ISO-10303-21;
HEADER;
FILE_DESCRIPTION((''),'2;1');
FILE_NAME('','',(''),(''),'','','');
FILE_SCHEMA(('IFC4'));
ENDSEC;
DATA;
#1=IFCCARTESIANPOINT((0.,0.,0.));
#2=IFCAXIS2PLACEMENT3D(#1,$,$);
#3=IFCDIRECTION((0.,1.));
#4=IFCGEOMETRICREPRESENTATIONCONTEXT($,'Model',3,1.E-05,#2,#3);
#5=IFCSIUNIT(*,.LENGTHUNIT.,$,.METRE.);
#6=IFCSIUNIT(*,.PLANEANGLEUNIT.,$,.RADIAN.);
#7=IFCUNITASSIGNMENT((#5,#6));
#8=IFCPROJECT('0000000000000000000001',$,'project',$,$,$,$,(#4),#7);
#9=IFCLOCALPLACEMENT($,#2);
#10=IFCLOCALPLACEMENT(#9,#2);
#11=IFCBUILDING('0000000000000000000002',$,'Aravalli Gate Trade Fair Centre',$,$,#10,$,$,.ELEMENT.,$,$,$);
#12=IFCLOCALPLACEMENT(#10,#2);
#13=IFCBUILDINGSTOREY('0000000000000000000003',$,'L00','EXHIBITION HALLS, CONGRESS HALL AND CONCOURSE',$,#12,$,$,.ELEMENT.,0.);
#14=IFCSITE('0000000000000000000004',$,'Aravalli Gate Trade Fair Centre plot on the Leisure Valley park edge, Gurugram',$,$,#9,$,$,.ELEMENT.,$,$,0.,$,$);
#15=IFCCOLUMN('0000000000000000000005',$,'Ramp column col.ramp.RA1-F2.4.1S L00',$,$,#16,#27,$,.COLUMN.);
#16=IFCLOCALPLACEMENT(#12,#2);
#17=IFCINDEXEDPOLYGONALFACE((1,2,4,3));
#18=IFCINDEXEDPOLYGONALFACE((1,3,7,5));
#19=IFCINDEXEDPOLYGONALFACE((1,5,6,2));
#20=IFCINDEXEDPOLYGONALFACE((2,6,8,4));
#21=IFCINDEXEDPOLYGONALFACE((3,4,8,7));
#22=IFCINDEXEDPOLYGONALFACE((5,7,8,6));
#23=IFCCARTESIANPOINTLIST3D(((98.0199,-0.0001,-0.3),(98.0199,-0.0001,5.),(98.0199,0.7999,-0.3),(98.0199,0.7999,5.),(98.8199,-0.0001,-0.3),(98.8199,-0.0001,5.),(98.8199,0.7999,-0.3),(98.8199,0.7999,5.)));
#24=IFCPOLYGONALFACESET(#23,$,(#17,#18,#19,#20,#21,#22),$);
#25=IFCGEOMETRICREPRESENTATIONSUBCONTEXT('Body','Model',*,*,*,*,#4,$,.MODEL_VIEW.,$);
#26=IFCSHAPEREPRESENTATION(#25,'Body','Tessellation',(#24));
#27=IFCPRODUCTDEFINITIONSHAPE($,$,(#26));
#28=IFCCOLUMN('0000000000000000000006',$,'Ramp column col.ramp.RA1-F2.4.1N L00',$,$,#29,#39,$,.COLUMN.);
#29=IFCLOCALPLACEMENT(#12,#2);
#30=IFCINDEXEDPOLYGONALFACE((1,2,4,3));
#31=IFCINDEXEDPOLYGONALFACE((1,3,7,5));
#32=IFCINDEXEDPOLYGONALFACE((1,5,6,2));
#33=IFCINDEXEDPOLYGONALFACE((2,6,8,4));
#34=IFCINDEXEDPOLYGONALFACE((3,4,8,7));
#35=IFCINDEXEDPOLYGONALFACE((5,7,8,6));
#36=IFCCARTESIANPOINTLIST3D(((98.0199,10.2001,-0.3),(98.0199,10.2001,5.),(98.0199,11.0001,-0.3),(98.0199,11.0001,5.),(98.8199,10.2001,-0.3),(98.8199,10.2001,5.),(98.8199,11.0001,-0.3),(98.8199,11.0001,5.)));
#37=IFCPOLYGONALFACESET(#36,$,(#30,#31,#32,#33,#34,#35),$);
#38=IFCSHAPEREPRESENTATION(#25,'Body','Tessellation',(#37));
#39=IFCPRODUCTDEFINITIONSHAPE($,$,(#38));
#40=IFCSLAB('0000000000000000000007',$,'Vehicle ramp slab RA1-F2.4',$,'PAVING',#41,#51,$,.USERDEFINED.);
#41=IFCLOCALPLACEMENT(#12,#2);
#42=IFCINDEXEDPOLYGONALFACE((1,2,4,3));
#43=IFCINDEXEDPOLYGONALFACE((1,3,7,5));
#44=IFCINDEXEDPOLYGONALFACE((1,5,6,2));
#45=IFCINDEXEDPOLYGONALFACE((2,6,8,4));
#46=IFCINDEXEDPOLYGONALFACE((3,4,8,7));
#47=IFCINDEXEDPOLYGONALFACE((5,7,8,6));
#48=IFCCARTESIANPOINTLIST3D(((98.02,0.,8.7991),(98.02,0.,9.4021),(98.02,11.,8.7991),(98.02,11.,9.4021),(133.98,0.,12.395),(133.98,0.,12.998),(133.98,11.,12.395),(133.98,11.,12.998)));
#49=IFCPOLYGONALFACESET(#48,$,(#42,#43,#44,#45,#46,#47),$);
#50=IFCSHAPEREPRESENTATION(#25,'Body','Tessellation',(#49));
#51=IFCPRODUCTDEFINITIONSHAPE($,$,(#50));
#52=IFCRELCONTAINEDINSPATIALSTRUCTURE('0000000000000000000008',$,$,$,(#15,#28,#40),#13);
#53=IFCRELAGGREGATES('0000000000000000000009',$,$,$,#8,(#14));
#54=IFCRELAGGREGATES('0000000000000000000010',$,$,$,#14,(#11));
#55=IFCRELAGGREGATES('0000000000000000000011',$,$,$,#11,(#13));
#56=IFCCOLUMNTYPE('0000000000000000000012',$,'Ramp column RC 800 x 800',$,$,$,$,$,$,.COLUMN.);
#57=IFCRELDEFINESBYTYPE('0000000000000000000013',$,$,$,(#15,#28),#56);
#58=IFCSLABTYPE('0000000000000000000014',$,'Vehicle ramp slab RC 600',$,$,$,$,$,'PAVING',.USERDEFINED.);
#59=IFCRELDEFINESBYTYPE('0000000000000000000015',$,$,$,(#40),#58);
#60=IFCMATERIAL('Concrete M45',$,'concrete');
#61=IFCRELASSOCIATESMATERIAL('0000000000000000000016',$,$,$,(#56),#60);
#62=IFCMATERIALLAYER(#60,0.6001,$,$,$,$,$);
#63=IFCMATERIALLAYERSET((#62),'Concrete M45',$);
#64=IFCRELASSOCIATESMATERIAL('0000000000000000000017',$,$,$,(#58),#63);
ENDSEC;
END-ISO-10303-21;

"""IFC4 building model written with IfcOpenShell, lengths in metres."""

from ifc_helpers import new_model, si_unit, direction, frame, origin, origin_2d, place, context, subcontext, project, spatial, polyline, rectangle, outline, extrude, material, layer, layer_set, material_profile, profile_set, type_object, element, save


model = new_model("IFC4")

# Units and contexts
model_context = context("Model", 3, precision=1e-05, world=origin(), true_north=direction((0.0, 1.0)))
body_context = subcontext(model_context, "Body", "Model", "MODEL_VIEW")
ifc_project = project(units=[si_unit("LENGTHUNIT", "METRE"), si_unit("PLANEANGLEUNIT", "RADIAN")], contexts=[model_context])

# Site, building, storey
site_placement = place(None, origin())
site = spatial("IfcSite", under=ifc_project, at=site_placement, Name="Aravalli Gate Trade Fair Centre plot on the Leisure Valley park edge, Gurugram", CompositionType="ELEMENT", RefElevation=0.0)
building_placement = place(site_placement, origin())
building = spatial("IfcBuilding", under=site, at=building_placement, Name="Aravalli Gate Trade Fair Centre", CompositionType="ELEMENT")
storey_placement = place(building_placement, origin())
storey = spatial("IfcBuildingStorey", under=building, at=storey_placement, Name="L00", Description="EXHIBITION HALLS, CONGRESS HALL AND CONCOURSE", CompositionType="ELEMENT", Elevation=0.0)

# Columns
ifc_material = material(Name="Concrete M45", Category="concrete")
ifc_material_profile_1 = material_profile(ifc_material, rectangle(XDim=0.8, YDim=0.8, at=origin_2d()), Name="Ramp column RC 800 x 800")
ifc_profile_set_1 = profile_set([ifc_material_profile_1], Name="Concrete M45")
column_type_1 = type_object("IfcColumnType", Name="Ramp column RC 800 x 800", PredefinedType="COLUMN", material=ifc_profile_set_1)
for number, where, z_axis, x_axis, name in (
    (1, (98.4199, 0.3999, -0.3), (0.0, 0.0, 1.0), (1.0, 0.0, 0.0), "Ramp column col.ramp.RA1-F2.4.1S L00"),
    (2, (98.4199, 10.6001, -0.3), (0.0, 0.0, 1.0), (1.0, 0.0, 0.0), "Ramp column col.ramp.RA1-F2.4.1N L00"),
):
    element("IfcColumn", number, at=place(storey_placement, frame(where, z_axis=z_axis, x_axis=x_axis)), inside=storey, type_object=column_type_1, Name=name, PredefinedType="COLUMN", context=body_context, shape_type="SweptSolid", body=[
        extrude(rectangle(XDim=0.8, YDim=0.8, at=origin_2d()), origin(), (0.0, 0.0, 1.0), 5.3),
    ])

# Slab
ifc_layer = layer(ifc_material, 0.6001)
ifc_layer_set = layer_set([ifc_layer], Name="Concrete M45")
slab_type = type_object("IfcSlabType", Name="Vehicle ramp slab RC 600", ElementType="PAVING", PredefinedType="USERDEFINED", material=ifc_layer_set)
slab_placement = place(storey_placement, frame((98.02, 0.0, 0.0), z_axis=(0.0, 0.0, 1.0), x_axis=(1.0, 0.0, 0.0)))
element("IfcSlab", 3, at=slab_placement, inside=storey, type_object=slab_type, Name="Vehicle ramp slab RA1-F2.4", ObjectType="PAVING", PredefinedType="USERDEFINED", context=body_context, shape_type="SweptSolid", body=[
    extrude(outline(polyline([(0.0, 9.4021), (35.96, 12.998), (35.96, 12.395), (0.0, 8.7991), (0.0, 9.4021)])), frame((0.0, 11.0, 0.0), z_axis=(0.0, -1.0, 0.0), x_axis=(1.0, 0.0, 0.0)), (0.0, 0.0, 1.0), 11.0),
])

save(model, "model.ifc")
